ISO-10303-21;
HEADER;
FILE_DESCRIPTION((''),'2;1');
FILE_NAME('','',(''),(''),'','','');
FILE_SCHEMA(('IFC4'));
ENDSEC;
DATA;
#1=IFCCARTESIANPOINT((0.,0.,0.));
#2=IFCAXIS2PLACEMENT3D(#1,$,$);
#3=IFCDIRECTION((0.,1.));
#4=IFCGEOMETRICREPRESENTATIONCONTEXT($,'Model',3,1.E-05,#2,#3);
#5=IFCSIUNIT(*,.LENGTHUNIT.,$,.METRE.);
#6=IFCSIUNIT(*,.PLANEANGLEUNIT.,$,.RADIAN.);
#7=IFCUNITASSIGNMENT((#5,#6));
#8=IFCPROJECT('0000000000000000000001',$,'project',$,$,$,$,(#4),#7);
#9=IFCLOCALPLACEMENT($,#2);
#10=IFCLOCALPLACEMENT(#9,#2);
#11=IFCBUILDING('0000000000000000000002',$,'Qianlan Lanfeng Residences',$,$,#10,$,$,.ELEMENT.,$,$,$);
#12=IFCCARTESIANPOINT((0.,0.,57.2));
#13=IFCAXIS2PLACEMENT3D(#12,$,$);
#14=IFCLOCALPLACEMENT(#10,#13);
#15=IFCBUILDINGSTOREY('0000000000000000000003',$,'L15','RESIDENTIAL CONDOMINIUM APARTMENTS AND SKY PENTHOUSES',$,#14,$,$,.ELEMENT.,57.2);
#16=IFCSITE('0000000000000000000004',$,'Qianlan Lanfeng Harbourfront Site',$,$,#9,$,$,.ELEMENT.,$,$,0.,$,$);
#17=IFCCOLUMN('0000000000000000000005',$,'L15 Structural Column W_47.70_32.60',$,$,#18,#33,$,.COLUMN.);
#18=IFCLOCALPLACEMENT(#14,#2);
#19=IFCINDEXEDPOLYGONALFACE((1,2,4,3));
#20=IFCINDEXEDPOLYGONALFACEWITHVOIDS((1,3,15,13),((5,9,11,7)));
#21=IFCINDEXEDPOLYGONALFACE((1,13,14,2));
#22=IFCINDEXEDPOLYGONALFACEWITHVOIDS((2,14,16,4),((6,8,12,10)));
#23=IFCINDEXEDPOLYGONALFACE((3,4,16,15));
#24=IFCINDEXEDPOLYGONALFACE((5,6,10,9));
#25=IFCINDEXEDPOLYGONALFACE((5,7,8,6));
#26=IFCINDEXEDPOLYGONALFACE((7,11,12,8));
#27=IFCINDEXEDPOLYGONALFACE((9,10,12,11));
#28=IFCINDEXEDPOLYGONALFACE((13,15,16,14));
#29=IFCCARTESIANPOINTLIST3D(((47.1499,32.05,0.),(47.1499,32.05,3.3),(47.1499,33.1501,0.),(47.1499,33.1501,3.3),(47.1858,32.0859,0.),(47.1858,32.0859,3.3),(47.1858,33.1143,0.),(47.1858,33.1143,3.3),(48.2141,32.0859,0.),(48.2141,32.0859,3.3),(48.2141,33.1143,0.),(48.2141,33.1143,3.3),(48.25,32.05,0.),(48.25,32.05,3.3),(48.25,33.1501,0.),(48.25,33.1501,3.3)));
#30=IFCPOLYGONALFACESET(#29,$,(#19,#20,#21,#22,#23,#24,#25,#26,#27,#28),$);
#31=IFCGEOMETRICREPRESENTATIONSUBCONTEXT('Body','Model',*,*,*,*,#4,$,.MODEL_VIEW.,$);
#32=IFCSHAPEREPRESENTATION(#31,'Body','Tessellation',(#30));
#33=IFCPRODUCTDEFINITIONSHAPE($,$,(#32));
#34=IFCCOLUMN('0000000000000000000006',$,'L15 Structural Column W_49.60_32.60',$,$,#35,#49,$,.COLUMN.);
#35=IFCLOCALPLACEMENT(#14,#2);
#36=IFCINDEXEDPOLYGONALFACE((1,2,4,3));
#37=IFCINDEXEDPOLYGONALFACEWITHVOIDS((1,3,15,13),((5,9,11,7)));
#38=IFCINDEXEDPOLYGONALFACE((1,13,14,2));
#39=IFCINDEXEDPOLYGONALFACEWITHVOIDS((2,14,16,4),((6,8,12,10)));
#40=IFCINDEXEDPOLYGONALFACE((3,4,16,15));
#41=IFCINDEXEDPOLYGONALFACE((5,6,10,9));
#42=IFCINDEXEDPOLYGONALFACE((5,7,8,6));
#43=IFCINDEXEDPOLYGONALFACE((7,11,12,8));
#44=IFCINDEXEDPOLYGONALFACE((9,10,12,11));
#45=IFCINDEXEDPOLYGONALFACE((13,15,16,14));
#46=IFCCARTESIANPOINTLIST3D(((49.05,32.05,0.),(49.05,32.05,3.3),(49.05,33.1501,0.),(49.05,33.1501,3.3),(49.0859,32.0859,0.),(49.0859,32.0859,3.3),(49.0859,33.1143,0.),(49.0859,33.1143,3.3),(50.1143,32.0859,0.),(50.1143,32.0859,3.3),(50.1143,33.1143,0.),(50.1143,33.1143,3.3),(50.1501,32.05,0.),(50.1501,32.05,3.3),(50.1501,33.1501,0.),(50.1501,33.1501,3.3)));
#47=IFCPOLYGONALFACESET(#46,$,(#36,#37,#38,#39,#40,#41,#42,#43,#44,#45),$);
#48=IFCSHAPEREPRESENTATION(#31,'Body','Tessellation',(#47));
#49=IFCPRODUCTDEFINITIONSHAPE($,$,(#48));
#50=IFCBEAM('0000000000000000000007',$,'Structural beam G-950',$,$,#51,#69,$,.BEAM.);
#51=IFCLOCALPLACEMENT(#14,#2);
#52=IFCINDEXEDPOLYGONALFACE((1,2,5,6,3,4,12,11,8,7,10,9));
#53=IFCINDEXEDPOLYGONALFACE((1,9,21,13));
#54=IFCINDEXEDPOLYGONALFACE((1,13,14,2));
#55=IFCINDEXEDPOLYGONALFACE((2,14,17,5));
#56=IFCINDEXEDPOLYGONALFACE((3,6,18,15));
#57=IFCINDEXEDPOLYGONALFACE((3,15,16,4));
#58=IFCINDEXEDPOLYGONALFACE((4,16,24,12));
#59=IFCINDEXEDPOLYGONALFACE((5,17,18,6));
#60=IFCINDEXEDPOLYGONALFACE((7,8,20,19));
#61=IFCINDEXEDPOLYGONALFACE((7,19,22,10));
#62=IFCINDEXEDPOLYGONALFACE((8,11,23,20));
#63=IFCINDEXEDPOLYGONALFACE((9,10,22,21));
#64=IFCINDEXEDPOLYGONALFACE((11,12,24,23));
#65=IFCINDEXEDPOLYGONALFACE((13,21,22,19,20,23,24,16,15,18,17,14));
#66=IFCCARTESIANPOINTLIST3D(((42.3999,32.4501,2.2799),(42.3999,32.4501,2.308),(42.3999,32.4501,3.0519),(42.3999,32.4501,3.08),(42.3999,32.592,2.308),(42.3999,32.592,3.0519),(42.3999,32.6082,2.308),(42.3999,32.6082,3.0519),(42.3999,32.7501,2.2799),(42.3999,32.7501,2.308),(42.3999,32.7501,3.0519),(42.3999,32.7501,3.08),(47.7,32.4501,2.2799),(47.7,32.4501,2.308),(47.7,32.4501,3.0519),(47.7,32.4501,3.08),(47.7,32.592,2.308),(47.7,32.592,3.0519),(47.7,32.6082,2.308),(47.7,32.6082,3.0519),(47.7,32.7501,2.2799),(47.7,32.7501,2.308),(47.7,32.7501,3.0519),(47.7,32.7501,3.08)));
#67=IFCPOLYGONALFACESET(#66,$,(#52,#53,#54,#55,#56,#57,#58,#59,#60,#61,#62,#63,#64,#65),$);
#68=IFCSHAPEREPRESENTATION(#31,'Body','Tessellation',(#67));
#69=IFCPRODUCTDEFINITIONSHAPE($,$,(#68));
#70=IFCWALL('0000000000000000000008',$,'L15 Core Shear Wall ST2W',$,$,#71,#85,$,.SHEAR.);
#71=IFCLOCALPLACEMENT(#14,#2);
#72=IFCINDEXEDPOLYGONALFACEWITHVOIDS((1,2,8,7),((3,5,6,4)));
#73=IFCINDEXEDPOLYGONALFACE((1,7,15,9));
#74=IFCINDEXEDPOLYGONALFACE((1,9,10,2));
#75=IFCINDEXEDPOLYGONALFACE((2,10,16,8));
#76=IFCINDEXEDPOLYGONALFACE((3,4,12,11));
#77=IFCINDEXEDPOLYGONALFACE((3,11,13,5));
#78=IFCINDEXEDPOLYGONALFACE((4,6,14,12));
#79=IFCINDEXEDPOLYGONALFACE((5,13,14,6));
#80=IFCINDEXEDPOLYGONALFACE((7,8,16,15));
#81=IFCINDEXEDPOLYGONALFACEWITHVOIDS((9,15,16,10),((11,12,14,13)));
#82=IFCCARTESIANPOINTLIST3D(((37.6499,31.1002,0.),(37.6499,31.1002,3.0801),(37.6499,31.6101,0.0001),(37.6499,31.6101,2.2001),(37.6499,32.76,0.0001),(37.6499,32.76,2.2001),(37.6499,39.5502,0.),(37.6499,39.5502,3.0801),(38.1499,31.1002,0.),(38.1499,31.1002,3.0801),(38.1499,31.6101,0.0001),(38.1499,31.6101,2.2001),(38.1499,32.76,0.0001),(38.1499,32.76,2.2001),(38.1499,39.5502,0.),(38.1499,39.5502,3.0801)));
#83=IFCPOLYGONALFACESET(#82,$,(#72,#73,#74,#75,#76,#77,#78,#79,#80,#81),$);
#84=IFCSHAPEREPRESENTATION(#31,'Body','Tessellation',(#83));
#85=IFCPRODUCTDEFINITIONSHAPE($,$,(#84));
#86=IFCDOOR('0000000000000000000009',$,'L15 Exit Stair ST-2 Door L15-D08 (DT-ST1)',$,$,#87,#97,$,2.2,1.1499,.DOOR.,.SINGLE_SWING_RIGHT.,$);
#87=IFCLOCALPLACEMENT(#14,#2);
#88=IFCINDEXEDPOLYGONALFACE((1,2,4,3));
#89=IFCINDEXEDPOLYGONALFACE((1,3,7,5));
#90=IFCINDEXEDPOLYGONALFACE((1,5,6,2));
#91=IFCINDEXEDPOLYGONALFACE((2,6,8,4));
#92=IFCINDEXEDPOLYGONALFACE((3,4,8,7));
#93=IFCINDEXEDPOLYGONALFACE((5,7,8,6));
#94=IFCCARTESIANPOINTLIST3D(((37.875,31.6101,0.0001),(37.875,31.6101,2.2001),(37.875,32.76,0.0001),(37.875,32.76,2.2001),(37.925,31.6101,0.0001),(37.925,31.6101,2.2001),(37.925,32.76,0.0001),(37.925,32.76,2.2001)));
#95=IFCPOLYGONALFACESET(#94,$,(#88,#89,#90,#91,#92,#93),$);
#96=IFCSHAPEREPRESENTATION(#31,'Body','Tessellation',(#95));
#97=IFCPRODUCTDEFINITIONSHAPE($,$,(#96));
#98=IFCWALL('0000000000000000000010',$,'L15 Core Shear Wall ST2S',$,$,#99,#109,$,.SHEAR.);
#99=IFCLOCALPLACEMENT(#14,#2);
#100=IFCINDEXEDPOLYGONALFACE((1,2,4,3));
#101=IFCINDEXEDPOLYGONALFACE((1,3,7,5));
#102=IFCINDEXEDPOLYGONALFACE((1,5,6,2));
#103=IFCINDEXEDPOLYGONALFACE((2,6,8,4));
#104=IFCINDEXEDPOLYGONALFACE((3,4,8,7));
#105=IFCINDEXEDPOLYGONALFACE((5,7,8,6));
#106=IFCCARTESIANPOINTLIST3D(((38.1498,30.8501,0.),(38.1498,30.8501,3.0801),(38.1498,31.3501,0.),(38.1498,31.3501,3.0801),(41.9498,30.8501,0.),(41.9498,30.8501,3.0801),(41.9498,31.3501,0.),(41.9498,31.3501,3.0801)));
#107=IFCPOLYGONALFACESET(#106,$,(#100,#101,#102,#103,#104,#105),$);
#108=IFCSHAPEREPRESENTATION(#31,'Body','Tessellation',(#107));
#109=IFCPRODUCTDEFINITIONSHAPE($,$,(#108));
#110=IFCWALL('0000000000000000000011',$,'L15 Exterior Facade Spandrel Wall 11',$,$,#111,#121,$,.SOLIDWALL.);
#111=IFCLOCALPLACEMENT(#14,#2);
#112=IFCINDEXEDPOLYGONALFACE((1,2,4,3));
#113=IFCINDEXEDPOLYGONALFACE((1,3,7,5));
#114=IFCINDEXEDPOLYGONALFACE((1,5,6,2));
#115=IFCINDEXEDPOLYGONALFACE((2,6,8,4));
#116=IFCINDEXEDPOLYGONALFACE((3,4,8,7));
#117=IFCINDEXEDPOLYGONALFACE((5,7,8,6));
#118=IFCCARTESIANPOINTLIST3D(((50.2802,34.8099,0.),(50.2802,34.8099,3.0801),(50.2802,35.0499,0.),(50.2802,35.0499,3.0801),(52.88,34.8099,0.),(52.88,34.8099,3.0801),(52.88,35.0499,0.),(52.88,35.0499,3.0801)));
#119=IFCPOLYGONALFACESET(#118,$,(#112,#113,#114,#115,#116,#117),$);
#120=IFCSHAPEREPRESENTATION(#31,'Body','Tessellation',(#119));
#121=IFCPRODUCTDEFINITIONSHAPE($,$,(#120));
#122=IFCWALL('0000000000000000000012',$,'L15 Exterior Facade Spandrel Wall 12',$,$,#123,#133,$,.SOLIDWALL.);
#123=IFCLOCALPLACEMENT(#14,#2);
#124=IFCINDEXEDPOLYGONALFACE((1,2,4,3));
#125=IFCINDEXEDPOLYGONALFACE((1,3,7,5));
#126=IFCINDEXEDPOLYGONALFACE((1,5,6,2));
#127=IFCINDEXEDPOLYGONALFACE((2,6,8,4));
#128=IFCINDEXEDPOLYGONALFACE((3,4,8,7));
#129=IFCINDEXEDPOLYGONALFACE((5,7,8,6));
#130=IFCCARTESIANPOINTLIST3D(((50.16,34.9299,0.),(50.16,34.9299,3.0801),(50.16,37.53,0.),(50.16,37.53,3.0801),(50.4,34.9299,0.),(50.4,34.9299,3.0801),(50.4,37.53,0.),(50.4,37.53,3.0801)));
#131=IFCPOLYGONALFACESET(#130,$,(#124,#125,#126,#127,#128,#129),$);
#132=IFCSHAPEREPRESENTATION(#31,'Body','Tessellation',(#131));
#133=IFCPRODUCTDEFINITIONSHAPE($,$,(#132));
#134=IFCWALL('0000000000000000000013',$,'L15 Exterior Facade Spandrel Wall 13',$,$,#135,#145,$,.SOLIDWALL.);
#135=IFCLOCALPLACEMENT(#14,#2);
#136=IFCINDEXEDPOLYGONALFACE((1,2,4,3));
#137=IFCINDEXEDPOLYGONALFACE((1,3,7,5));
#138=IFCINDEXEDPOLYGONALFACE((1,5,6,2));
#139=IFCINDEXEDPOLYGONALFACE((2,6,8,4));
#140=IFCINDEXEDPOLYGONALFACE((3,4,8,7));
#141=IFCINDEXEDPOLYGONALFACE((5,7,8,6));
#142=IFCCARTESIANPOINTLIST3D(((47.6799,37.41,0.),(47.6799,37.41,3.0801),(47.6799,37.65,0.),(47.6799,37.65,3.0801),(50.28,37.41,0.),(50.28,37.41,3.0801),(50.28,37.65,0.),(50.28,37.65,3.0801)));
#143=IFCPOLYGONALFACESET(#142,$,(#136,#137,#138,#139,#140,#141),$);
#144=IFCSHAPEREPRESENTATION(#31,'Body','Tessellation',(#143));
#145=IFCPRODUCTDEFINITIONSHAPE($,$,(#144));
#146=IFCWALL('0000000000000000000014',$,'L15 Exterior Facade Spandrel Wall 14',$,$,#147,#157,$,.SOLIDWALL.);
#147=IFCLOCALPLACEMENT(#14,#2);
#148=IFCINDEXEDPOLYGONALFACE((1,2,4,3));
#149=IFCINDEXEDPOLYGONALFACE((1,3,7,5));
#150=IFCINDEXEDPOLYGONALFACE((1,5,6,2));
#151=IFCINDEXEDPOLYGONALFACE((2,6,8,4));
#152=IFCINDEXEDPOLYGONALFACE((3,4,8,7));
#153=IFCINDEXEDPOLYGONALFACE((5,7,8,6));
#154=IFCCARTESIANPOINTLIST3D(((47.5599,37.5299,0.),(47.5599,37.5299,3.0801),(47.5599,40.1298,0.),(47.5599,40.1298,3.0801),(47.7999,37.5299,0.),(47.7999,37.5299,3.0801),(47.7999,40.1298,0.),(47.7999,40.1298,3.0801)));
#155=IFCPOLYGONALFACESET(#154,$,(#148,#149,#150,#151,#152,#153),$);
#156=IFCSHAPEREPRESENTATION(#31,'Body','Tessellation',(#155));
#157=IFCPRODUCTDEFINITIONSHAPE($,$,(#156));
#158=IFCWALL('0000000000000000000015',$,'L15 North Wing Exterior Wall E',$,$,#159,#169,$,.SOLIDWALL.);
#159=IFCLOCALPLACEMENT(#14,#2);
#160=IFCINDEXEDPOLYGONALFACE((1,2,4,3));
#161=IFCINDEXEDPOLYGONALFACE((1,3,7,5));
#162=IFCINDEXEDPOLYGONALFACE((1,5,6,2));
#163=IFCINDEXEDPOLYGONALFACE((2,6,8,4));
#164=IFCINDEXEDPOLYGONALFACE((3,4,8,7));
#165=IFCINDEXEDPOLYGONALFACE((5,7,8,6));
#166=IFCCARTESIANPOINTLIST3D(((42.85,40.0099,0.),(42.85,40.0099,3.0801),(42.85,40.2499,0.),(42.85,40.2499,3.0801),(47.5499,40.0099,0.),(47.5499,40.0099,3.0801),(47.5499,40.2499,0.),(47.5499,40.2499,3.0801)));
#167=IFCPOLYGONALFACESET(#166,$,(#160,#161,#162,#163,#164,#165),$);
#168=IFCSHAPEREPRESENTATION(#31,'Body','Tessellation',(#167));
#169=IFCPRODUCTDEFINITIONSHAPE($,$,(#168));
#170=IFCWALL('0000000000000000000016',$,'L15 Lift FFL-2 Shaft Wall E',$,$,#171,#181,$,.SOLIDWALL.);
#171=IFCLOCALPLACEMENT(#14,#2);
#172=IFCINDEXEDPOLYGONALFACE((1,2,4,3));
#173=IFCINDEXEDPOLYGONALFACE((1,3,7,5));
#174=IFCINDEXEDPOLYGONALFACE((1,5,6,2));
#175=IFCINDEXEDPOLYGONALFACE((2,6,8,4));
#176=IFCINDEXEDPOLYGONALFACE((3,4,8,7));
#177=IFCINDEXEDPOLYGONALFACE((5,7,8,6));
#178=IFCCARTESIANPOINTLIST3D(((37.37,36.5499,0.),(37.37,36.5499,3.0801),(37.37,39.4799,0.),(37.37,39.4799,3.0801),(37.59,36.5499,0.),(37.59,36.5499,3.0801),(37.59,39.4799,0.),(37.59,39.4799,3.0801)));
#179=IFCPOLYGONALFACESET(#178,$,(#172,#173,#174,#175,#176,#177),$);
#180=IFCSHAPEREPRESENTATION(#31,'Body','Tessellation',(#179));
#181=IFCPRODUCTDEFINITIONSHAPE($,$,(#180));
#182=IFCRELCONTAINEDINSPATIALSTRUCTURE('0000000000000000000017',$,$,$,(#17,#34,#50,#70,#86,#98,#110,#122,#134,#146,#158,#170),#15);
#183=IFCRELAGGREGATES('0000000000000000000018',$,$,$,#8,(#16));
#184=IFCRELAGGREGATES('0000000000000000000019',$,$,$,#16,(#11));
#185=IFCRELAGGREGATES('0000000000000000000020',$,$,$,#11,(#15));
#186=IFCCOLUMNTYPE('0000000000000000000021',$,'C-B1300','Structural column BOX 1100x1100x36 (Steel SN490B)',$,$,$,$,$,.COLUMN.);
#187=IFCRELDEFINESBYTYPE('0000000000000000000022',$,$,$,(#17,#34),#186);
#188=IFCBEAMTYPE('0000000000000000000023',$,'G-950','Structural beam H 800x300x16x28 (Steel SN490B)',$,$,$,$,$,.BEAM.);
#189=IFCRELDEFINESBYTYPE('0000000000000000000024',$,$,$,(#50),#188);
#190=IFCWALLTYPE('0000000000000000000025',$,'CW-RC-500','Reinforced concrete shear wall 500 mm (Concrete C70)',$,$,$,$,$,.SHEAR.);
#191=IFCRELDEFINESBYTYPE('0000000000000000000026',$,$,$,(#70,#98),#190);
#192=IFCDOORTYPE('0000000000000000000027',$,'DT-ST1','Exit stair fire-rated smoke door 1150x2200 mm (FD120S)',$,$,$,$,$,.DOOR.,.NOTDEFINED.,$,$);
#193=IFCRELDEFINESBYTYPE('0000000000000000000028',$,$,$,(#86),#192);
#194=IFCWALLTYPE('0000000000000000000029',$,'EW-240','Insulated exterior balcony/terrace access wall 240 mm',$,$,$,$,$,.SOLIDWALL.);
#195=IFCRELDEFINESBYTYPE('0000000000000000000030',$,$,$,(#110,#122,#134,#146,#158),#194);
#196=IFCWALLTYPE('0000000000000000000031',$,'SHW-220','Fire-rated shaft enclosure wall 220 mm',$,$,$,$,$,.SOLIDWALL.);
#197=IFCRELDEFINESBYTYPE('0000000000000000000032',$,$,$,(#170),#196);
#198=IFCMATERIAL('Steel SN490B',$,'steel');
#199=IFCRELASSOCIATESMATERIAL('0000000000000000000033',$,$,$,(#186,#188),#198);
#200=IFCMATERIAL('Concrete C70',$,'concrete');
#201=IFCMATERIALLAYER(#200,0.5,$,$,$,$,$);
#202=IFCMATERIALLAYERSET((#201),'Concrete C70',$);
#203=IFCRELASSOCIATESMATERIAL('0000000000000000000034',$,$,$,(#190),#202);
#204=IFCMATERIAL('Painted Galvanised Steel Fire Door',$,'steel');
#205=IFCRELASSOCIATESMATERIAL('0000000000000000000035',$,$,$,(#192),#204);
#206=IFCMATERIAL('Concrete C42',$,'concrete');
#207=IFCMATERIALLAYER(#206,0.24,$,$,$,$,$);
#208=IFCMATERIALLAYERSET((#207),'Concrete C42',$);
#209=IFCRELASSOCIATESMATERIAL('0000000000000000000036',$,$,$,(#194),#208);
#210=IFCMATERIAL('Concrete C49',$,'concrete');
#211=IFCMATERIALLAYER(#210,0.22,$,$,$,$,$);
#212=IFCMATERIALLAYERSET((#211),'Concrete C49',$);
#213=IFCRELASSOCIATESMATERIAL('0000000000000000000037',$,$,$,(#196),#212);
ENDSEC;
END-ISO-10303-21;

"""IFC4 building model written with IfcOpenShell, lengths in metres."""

from ifc_helpers import new_model, si_unit, direction, frame, frame_2d, origin, origin_2d, place, context, subcontext, project, spatial, rectangle, hollow_rectangle, i_section, extrude, material, layer, layer_set, material_profile, profile_set, type_object, element, fill, save


model = new_model("IFC4")

# Units and contexts
model_context = context("Model", 3, precision=1e-05, world=origin(), true_north=direction((0.0, 1.0)))
body_context = subcontext(model_context, "Body", "Model", "MODEL_VIEW")
ifc_project = project(units=[si_unit("LENGTHUNIT", "METRE"), si_unit("PLANEANGLEUNIT", "RADIAN")], contexts=[model_context])

# Site, building, storey
site_placement = place(None, origin())
site = spatial("IfcSite", under=ifc_project, at=site_placement, Name="Qianlan Lanfeng Harbourfront Site", CompositionType="ELEMENT", RefElevation=0.0)
building_placement = place(site_placement, origin())
building = spatial("IfcBuilding", under=site, at=building_placement, Name="Qianlan Lanfeng Residences", CompositionType="ELEMENT")
storey_placement = place(building_placement, frame((0.0, 0.0, 57.2)))
storey = spatial("IfcBuildingStorey", under=building, at=storey_placement, Name="L15", Description="RESIDENTIAL CONDOMINIUM APARTMENTS AND SKY PENTHOUSES", CompositionType="ELEMENT", Elevation=57.2)

# Columns
ifc_material_1 = material(Name="Steel SN490B", Category="steel")
ifc_material_profile_1 = material_profile(ifc_material_1, hollow_rectangle(XDim=1.1001, YDim=1.1001, WallThickness=0.0359, at=origin_2d()), Name="BOX 1100x1100x36")
ifc_profile_set_1 = profile_set([ifc_material_profile_1], Name="Steel SN490B")
column_type = type_object("IfcColumnType", Name="C-B1300", Description="Structural column BOX 1100x1100x36 (Steel SN490B)", PredefinedType="COLUMN", material=ifc_profile_set_1)
for number, where, z_axis, x_axis, name in (
    (1, (47.7, 32.6001, 0.0), (0.0, 0.0, 1.0), (1.0, 0.0, 0.0), "L15 Structural Column W_47.70_32.60"),
    (2, (49.6001, 32.6001, 0.0), (0.0, 0.0, 1.0), (1.0, 0.0, 0.0), "L15 Structural Column W_49.60_32.60"),
):
    element("IfcColumn", number, at=place(storey_placement, frame(where, z_axis=z_axis, x_axis=x_axis)), inside=storey, type_object=column_type, Name=name, PredefinedType="COLUMN", context=body_context, shape_type="SweptSolid", body=[
        extrude(hollow_rectangle(XDim=1.1001, YDim=1.1001, WallThickness=0.0359, at=origin_2d()), origin(), (0.0, 0.0, 1.0), 3.3),
    ])

# Beam
ifc_material_profile_2 = material_profile(ifc_material_1, i_section(OverallWidth=0.3, OverallDepth=0.8, WebThickness=0.0161, FlangeThickness=0.0281, at=origin_2d()), Name="H 800x300x16x28")
ifc_profile_set_2 = profile_set([ifc_material_profile_2], Name="Steel SN490B")
beam_type = type_object("IfcBeamType", Name="G-950", Description="Structural beam H 800x300x16x28 (Steel SN490B)", PredefinedType="BEAM", material=ifc_profile_set_2)
beam_placement = place(storey_placement, frame((42.3999, 32.6001, 2.6799), z_axis=(1.0, 0.0, 0.0), x_axis=(0.0, 1.0, 0.0)))
element("IfcBeam", 3, at=beam_placement, inside=storey, type_object=beam_type, Name="Structural beam G-950", PredefinedType="BEAM", context=body_context, shape_type="SweptSolid", body=[
    extrude(i_section(OverallWidth=0.3, OverallDepth=0.8, WebThickness=0.0161, FlangeThickness=0.0281, at=origin_2d()), origin(), (0.0, 0.0, 1.0), 5.3),
])

# Wall, opening, door
ifc_material_2 = material(Name="Concrete C70", Category="concrete")
ifc_layer_1 = layer(ifc_material_2, 0.5)
ifc_layer_set_1 = layer_set([ifc_layer_1], Name="Concrete C70")
wall_type_1 = type_object("IfcWallType", Name="CW-RC-500", Description="Reinforced concrete shear wall 500 mm (Concrete C70)", PredefinedType="SHEAR", material=ifc_layer_set_1)
wall_1_placement = place(storey_placement, frame((37.8999, 31.1001, 0.0), z_axis=(0.0, 0.0, 1.0), x_axis=(0.0, 1.0, 0.0)))
wall_1 = element("IfcWall", 4, at=wall_1_placement, inside=storey, type_object=wall_type_1, Name="L15 Core Shear Wall ST2W", PredefinedType="SHEAR", context=body_context, shape_type="SweptSolid", body=[
    extrude(rectangle(XDim=8.45, YDim=0.5, at=frame_2d((4.2251, 0.0))), origin(), (0.0, 0.0, 1.0), 3.0801),
])
opening_placement = place(wall_1_placement, frame((0.51, 0.0, 0.0)))
opening = element("IfcOpeningElement", 5, at=opening_placement, cuts=wall_1, PredefinedType="OPENING", context=body_context, shape_type="SweptSolid", body=[
    extrude(rectangle(XDim=1.1499, YDim=2.2, at=frame_2d((0.575, 1.1001))), frame((0.0, 0.26, 0.0), z_axis=(0.0, -1.0, 0.0), x_axis=(1.0, 0.0, 0.0)), (0.0, 0.0, 1.0), 0.52),
])
ifc_material_3 = material(Name="Painted Galvanised Steel Fire Door", Category="steel")
door_type = type_object("IfcDoorType", Name="DT-ST1", Description="Exit stair fire-rated smoke door 1150x2200 mm (FD120S)", OperationType="NOTDEFINED", PredefinedType="DOOR", material=ifc_material_3)
door_placement = place(opening_placement, origin())
door = element("IfcDoor", 6, at=door_placement, inside=storey, type_object=door_type, Name="L15 Exit Stair ST-2 Door L15-D08 (DT-ST1)", OperationType="SINGLE_SWING_RIGHT", OverallHeight=2.2, OverallWidth=1.1499, PredefinedType="DOOR", context=body_context, shape_type="SweptSolid", body=[
    extrude(rectangle(XDim=1.1499, YDim=2.2, at=frame_2d((0.575, 1.1001))), frame((0.0, 0.0249, 0.0), z_axis=(0.0, -1.0, 0.0), x_axis=(1.0, 0.0, 0.0)), (0.0, 0.0, 1.0), 0.05),
])
fill(opening, door)

# Walls
wall_2_placement = place(storey_placement, frame((38.1499, 31.1001, 0.0), z_axis=(0.0, 0.0, 1.0), x_axis=(1.0, 0.0, 0.0)))
element("IfcWall", 7, at=wall_2_placement, inside=storey, type_object=wall_type_1, Name="L15 Core Shear Wall ST2S", PredefinedType="SHEAR", context=body_context, shape_type="SweptSolid", body=[
    extrude(rectangle(XDim=3.8, YDim=0.5, at=frame_2d((1.8999, 0.0))), origin(), (0.0, 0.0, 1.0), 3.0801),
])
ifc_material_4 = material(Name="Concrete C42", Category="concrete")
ifc_layer_2 = layer(ifc_material_4, 0.24)
ifc_layer_set_2 = layer_set([ifc_layer_2], Name="Concrete C42")
wall_type_2 = type_object("IfcWallType", Name="EW-240", Description="Insulated exterior balcony/terrace access wall 240 mm", PredefinedType="SOLIDWALL", material=ifc_layer_set_2)
wall_3_placement = place(storey_placement, frame((52.8799, 34.9299, 0.0), z_axis=(0.0, 0.0, 1.0), x_axis=(-1.0, 0.0, 0.0)))
element("IfcWall", 8, at=wall_3_placement, inside=storey, type_object=wall_type_2, Name="L15 Exterior Facade Spandrel Wall 11", PredefinedType="SOLIDWALL", context=body_context, shape_type="SweptSolid", body=[
    extrude(rectangle(XDim=2.5999, YDim=0.24, at=frame_2d((1.2998, 0.0))), origin(), (0.0, 0.0, 1.0), 3.0801),
])
for number, where, z_axis, x_axis, name in (
    (9, (50.28, 34.9299, 0.0), (0.0, 0.0, 1.0), (0.0, 1.0, 0.0), "L15 Exterior Facade Spandrel Wall 12"),
    (10, (50.28, 37.53, 0.0), (0.0, 0.0, 1.0), (-1.0, 0.0, 0.0), "L15 Exterior Facade Spandrel Wall 13"),
):
    element("IfcWall", number, at=place(storey_placement, frame(where, z_axis=z_axis, x_axis=x_axis)), inside=storey, type_object=wall_type_2, Name=name, PredefinedType="SOLIDWALL", context=body_context, shape_type="SweptSolid", body=[
        extrude(rectangle(XDim=2.6001, YDim=0.24, at=frame_2d((1.3, 0.0))), origin(), (0.0, 0.0, 1.0), 3.0801),
    ])
wall_4_placement = place(storey_placement, frame((47.6799, 37.53, 0.0), z_axis=(0.0, 0.0, 1.0), x_axis=(0.0, 1.0, 0.0)))
element("IfcWall", 11, at=wall_4_placement, inside=storey, type_object=wall_type_2, Name="L15 Exterior Facade Spandrel Wall 14", PredefinedType="SOLIDWALL", context=body_context, shape_type="SweptSolid", body=[
    extrude(rectangle(XDim=2.5999, YDim=0.24, at=frame_2d((1.2998, 0.0))), origin(), (0.0, 0.0, 1.0), 3.0801),
])
wall_5_placement = place(storey_placement, frame((47.55, 40.1299, 0.0), z_axis=(0.0, 0.0, 1.0), x_axis=(-1.0, 0.0, 0.0)))
element("IfcWall", 12, at=wall_5_placement, inside=storey, type_object=wall_type_2, Name="L15 North Wing Exterior Wall E", PredefinedType="SOLIDWALL", context=body_context, shape_type="SweptSolid", body=[
    extrude(rectangle(XDim=4.7, YDim=0.24, at=frame_2d((2.3501, 0.0))), origin(), (0.0, 0.0, 1.0), 3.0801),
])
ifc_material_5 = material(Name="Concrete C49", Category="concrete")
ifc_layer_3 = layer(ifc_material_5, 0.22)
ifc_layer_set_3 = layer_set([ifc_layer_3], Name="Concrete C49")
wall_type_3 = type_object("IfcWallType", Name="SHW-220", Description="Fire-rated shaft enclosure wall 220 mm", PredefinedType="SOLIDWALL", material=ifc_layer_set_3)
wall_6_placement = place(storey_placement, frame((37.48, 36.55, 0.0), z_axis=(0.0, 0.0, 1.0), x_axis=(0.0, 1.0, 0.0)))
element("IfcWall", 13, at=wall_6_placement, inside=storey, type_object=wall_type_3, Name="L15 Lift FFL-2 Shaft Wall E", PredefinedType="SOLIDWALL", context=body_context, shape_type="SweptSolid", body=[
    extrude(rectangle(XDim=2.9299, YDim=0.22, at=frame_2d((1.4648, 0.0))), origin(), (0.0, 0.0, 1.0), 3.0801),
])

save(model, "model.ifc")
